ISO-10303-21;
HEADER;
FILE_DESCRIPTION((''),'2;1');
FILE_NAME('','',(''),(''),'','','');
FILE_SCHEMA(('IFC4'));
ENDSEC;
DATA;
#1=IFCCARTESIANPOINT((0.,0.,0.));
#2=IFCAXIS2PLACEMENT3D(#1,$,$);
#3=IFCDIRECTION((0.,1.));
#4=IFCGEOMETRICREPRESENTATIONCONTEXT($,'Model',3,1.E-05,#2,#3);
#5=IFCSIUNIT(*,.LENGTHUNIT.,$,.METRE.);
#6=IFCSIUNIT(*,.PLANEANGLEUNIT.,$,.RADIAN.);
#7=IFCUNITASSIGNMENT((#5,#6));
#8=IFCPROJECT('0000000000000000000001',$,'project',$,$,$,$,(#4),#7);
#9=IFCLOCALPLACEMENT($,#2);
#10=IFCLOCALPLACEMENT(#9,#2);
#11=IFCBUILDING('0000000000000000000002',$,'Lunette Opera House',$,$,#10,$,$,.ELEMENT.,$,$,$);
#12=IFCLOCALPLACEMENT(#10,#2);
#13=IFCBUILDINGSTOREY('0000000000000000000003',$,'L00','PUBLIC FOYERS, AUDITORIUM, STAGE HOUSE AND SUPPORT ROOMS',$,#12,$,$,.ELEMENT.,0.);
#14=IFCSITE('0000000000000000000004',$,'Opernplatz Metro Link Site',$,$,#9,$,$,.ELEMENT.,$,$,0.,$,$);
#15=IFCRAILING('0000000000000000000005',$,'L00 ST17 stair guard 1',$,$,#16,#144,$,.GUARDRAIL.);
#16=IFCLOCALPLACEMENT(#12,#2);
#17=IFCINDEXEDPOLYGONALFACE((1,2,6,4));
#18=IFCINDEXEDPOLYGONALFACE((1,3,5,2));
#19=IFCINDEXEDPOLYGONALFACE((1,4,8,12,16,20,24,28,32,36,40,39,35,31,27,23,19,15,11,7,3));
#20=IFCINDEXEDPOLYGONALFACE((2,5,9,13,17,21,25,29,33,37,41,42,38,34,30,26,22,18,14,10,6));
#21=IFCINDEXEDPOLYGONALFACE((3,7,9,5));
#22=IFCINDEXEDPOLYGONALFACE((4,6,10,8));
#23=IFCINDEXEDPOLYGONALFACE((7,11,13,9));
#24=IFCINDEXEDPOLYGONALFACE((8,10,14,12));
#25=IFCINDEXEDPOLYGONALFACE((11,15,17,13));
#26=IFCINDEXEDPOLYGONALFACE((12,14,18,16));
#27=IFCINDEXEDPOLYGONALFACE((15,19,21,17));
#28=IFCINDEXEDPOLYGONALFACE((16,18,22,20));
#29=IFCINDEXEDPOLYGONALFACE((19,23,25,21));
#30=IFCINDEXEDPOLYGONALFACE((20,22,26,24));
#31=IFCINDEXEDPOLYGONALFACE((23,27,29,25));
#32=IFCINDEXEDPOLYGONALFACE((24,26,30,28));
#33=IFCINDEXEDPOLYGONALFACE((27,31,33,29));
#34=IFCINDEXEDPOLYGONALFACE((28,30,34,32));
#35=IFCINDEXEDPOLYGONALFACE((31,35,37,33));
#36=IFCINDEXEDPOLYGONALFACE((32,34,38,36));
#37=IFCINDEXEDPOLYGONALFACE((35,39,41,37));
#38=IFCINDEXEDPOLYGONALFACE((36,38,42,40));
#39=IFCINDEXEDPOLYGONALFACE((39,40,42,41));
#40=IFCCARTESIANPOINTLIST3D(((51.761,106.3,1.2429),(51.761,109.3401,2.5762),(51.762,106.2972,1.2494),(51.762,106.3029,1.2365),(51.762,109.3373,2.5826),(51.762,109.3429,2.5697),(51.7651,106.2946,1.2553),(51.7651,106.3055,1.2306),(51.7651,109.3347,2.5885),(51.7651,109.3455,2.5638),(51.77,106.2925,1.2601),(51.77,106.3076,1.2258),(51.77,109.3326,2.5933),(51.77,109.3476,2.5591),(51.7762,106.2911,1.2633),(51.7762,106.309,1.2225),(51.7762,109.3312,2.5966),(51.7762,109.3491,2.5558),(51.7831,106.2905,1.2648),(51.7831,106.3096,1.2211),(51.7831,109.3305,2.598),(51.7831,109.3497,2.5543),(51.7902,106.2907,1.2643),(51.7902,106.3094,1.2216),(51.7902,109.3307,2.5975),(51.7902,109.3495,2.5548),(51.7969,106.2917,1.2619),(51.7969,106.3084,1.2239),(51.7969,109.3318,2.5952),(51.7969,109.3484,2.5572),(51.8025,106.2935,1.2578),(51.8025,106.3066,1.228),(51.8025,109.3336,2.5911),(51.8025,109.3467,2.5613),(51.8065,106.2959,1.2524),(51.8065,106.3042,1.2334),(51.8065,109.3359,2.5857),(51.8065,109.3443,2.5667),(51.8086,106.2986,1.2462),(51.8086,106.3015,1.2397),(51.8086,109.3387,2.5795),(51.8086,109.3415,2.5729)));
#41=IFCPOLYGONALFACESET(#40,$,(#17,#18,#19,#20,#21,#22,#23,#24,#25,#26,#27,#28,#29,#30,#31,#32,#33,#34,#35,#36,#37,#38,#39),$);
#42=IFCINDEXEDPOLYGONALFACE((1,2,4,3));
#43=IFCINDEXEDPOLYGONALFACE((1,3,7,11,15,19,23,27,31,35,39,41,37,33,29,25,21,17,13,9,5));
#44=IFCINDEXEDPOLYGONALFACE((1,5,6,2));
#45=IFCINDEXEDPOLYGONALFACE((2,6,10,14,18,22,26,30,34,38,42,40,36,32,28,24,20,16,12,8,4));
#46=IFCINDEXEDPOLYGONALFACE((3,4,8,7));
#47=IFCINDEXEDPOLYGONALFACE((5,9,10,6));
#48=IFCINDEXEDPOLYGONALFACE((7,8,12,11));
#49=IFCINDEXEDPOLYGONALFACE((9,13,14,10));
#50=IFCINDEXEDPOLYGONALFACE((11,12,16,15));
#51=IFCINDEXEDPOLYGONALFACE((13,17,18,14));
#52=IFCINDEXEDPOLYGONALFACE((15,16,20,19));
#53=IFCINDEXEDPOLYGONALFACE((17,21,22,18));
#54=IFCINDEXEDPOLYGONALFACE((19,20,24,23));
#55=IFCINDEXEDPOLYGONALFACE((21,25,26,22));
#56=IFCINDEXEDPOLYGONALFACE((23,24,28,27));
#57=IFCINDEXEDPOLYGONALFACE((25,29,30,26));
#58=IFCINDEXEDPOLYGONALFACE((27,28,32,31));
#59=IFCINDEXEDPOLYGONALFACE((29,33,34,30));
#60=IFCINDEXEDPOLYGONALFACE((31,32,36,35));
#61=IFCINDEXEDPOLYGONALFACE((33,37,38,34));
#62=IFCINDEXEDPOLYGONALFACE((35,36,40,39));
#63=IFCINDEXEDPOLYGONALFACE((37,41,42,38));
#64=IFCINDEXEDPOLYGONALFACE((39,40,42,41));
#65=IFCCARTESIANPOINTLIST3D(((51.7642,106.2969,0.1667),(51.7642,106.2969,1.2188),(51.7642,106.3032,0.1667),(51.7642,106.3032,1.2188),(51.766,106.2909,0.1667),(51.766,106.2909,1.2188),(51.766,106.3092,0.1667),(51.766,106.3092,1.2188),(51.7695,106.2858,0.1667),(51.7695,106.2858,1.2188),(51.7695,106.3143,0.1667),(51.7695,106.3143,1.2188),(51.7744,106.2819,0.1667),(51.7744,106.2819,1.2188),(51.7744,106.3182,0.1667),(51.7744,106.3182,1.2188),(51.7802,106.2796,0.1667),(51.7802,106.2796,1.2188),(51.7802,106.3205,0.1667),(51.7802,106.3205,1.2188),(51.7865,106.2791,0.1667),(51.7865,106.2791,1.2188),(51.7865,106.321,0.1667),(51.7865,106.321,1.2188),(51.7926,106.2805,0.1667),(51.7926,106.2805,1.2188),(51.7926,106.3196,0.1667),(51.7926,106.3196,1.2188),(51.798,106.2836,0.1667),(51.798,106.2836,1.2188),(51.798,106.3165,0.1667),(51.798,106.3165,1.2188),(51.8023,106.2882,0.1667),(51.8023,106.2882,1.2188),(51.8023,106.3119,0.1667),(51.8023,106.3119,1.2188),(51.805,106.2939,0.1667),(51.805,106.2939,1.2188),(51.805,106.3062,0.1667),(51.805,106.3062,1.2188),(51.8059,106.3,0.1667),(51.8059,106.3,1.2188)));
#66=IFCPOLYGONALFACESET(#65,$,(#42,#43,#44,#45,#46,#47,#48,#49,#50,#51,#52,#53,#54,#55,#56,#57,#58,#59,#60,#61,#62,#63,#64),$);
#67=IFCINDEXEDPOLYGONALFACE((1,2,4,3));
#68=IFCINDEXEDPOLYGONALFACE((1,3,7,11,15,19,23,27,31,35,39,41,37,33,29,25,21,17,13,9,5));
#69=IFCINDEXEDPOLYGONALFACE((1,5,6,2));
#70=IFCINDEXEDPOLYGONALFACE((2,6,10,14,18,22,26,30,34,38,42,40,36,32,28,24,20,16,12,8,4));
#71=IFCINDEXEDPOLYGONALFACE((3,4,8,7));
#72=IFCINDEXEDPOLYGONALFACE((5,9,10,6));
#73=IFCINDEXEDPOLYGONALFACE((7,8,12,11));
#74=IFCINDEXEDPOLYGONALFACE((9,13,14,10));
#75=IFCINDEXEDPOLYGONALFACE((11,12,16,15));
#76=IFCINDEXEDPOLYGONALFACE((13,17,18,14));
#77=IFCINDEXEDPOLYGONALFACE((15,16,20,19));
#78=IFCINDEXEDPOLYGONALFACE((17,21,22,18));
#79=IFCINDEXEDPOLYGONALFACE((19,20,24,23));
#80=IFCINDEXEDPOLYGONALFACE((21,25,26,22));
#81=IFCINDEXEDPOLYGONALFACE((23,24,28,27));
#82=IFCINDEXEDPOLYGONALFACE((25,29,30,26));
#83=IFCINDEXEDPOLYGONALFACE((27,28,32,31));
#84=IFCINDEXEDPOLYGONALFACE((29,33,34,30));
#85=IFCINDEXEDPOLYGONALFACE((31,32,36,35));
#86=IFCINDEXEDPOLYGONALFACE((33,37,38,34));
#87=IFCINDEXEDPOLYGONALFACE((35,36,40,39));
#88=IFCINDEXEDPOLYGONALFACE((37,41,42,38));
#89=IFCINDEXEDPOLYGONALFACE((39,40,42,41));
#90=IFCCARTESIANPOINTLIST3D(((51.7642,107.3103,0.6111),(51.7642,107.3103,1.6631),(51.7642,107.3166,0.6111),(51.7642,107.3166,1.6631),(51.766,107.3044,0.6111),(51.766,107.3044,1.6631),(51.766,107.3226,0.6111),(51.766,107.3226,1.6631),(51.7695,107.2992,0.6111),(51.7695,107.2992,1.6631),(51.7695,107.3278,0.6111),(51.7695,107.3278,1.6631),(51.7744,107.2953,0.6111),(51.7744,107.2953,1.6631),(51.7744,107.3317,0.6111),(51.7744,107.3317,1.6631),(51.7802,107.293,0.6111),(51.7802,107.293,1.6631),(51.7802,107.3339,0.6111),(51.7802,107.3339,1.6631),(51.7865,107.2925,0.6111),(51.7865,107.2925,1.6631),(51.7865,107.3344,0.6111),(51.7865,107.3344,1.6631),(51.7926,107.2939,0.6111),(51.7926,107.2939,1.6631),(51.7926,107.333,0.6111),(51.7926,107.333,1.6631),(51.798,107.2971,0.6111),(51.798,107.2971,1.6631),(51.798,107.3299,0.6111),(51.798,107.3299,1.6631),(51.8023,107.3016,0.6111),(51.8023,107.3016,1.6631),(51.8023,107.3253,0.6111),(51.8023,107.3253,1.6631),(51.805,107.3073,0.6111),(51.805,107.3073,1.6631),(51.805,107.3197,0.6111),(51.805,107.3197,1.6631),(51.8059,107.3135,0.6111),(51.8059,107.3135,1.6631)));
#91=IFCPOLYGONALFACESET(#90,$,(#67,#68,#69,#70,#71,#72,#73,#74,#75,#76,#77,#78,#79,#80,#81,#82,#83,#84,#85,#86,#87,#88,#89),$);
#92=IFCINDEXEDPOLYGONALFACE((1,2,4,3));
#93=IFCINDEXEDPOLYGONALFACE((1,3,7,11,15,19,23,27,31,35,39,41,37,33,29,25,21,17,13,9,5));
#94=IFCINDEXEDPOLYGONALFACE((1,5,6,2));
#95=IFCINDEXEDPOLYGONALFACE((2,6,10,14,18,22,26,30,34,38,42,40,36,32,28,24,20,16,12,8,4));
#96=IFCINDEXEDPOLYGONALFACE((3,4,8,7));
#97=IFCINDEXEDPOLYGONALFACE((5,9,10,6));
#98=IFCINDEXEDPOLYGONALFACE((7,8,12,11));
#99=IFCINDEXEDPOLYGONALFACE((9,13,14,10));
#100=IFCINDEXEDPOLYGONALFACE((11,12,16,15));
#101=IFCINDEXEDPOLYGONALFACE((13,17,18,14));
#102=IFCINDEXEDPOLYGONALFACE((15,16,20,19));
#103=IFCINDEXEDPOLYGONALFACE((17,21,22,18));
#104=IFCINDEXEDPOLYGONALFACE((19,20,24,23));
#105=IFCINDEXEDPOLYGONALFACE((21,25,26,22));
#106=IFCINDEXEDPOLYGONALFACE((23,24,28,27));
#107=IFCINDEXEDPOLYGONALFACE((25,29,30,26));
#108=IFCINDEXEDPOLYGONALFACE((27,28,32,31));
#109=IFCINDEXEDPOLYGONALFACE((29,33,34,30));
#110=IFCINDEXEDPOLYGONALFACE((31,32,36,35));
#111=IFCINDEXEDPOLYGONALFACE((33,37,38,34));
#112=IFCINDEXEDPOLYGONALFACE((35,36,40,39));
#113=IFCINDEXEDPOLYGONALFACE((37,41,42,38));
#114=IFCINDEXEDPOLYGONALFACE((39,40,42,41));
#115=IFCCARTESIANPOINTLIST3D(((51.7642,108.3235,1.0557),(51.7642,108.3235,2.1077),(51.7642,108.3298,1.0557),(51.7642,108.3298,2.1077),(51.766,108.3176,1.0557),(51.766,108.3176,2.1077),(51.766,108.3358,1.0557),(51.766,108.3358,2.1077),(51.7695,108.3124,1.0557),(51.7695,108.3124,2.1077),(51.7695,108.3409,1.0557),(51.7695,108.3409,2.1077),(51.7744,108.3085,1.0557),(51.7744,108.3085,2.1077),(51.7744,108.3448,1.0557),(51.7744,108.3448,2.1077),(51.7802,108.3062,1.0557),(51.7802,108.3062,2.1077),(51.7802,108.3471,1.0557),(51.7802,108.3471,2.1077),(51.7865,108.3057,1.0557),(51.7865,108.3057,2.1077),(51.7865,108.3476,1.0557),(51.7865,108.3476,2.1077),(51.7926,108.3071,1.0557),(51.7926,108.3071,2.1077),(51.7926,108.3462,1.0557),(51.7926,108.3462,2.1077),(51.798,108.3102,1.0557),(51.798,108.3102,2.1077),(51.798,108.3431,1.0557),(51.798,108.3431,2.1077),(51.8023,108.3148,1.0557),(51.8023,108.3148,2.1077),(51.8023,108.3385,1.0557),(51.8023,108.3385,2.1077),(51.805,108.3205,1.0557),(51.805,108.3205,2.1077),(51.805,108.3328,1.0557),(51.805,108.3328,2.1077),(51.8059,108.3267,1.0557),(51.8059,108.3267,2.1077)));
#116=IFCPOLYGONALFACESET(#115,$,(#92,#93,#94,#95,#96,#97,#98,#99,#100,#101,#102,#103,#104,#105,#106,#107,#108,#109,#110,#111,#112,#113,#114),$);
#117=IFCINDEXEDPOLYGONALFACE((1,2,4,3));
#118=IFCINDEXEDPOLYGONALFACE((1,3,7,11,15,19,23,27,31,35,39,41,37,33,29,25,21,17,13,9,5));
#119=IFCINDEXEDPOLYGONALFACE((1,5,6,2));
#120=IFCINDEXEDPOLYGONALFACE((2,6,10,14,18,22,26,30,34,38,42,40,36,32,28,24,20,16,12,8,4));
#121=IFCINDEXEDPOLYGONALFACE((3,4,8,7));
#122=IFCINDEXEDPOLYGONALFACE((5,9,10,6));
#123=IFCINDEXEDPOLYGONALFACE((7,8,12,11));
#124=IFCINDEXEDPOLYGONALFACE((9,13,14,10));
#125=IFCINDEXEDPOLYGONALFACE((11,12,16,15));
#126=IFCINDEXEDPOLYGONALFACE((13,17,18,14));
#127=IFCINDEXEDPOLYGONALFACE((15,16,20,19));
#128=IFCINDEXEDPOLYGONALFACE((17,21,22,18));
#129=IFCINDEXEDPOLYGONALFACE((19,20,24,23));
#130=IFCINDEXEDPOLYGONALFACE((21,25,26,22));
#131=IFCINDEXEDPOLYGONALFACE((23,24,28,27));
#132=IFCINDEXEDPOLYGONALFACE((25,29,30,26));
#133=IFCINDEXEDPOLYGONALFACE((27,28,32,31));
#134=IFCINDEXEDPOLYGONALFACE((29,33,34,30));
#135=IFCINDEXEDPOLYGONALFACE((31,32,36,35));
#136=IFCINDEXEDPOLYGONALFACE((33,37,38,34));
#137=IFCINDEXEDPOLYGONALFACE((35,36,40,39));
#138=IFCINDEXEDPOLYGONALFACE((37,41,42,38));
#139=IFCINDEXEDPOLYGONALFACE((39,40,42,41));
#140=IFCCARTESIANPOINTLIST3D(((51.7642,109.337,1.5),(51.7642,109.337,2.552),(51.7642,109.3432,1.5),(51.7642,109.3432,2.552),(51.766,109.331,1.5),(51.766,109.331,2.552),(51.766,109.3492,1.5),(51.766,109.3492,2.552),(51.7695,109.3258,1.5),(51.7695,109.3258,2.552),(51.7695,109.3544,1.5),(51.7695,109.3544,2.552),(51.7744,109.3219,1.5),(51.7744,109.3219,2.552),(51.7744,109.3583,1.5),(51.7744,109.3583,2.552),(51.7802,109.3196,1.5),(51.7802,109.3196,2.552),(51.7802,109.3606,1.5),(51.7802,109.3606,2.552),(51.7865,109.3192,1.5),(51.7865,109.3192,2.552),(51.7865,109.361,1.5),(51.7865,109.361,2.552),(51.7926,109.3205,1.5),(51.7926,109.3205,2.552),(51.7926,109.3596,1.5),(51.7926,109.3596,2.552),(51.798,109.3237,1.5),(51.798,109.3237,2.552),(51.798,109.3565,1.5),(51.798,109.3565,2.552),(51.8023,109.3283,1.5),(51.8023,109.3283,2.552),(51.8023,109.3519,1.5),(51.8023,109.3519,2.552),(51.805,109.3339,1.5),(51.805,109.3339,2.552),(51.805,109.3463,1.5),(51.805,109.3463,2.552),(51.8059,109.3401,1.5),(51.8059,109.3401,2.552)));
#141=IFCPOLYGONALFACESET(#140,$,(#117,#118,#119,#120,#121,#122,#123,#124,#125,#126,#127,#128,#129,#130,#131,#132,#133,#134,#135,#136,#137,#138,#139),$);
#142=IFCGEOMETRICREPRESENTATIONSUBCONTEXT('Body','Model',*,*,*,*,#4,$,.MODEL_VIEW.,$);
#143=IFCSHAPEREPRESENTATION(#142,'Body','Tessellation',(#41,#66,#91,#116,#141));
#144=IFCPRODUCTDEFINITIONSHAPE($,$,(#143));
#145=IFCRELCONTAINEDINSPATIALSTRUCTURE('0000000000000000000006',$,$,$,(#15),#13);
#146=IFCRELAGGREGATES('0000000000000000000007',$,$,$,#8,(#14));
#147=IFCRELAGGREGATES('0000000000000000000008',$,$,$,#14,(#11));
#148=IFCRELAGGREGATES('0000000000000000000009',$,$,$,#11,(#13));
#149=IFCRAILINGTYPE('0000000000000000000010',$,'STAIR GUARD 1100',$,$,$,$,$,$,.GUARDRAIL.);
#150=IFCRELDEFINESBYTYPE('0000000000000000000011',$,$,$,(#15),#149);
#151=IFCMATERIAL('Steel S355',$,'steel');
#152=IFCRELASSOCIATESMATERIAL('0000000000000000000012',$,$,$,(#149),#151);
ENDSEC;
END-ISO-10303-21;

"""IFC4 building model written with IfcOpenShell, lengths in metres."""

from ifc_helpers import new_model, si_unit, direction, frame, origin, origin_2d, place, context, subcontext, project, spatial, circle, extrude, material, type_object, element, save


model = new_model("IFC4")

# Units and contexts
model_context = context("Model", 3, precision=1e-05, world=origin(), true_north=direction((0.0, 1.0)))
body_context = subcontext(model_context, "Body", "Model", "MODEL_VIEW")
ifc_project = project(units=[si_unit("LENGTHUNIT", "METRE"), si_unit("PLANEANGLEUNIT", "RADIAN")], contexts=[model_context])

# Site, building, storey
site_placement = place(None, origin())
site = spatial("IfcSite", under=ifc_project, at=site_placement, Name="Opernplatz Metro Link Site", CompositionType="ELEMENT", RefElevation=0.0)
building_placement = place(site_placement, origin())
building = spatial("IfcBuilding", under=site, at=building_placement, Name="Lunette Opera House", CompositionType="ELEMENT")
storey_placement = place(building_placement, origin())
storey = spatial("IfcBuildingStorey", under=building, at=storey_placement, Name="L00", Description="PUBLIC FOYERS, AUDITORIUM, STAGE HOUSE AND SUPPORT ROOMS", CompositionType="ELEMENT", Elevation=0.0)

# Railing
ifc_material_1 = material(Name="Steel S355", Category="steel")
railing_type_1 = type_object("IfcRailingType", Name="STAIR GUARD 1100", PredefinedType="GUARDRAIL", material=ifc_material_1)
railing_1_placement = place(storey_placement, frame((51.7849, 106.3, 0.1667)))
element("IfcRailing", 1, at=railing_1_placement, inside=storey, type_object=railing_type_1, Name="L00 ST17 stair guard 1", PredefinedType="GUARDRAIL", context=body_context, shape_type="SweptSolid", body=[
    extrude(circle(Radius=0.0239, at=origin_2d()), frame((0.0, 0.0, 1.0762), z_axis=(0.0, 0.915799, 0.401637), x_axis=(-1.0, 0.0, 0.0)), (0.0, 0.0, 1.0), 3.3196),
    extrude(circle(Radius=0.021, at=origin_2d()), origin(), (0.0, 0.0, 1.0), 1.052),
    extrude(circle(Radius=0.021, at=origin_2d()), frame((0.0, 1.0134, 0.4443)), (0.0, 0.0, 1.0), 1.052),
    extrude(circle(Radius=0.021, at=origin_2d()), frame((0.0, 2.0266, 0.8889)), (0.0, 0.0, 1.0), 1.052),
    extrude(circle(Radius=0.021, at=origin_2d()), frame((0.0, 3.04, 1.3333)), (0.0, 0.0, 1.0), 1.052),
])

save(model, "model.ifc")
